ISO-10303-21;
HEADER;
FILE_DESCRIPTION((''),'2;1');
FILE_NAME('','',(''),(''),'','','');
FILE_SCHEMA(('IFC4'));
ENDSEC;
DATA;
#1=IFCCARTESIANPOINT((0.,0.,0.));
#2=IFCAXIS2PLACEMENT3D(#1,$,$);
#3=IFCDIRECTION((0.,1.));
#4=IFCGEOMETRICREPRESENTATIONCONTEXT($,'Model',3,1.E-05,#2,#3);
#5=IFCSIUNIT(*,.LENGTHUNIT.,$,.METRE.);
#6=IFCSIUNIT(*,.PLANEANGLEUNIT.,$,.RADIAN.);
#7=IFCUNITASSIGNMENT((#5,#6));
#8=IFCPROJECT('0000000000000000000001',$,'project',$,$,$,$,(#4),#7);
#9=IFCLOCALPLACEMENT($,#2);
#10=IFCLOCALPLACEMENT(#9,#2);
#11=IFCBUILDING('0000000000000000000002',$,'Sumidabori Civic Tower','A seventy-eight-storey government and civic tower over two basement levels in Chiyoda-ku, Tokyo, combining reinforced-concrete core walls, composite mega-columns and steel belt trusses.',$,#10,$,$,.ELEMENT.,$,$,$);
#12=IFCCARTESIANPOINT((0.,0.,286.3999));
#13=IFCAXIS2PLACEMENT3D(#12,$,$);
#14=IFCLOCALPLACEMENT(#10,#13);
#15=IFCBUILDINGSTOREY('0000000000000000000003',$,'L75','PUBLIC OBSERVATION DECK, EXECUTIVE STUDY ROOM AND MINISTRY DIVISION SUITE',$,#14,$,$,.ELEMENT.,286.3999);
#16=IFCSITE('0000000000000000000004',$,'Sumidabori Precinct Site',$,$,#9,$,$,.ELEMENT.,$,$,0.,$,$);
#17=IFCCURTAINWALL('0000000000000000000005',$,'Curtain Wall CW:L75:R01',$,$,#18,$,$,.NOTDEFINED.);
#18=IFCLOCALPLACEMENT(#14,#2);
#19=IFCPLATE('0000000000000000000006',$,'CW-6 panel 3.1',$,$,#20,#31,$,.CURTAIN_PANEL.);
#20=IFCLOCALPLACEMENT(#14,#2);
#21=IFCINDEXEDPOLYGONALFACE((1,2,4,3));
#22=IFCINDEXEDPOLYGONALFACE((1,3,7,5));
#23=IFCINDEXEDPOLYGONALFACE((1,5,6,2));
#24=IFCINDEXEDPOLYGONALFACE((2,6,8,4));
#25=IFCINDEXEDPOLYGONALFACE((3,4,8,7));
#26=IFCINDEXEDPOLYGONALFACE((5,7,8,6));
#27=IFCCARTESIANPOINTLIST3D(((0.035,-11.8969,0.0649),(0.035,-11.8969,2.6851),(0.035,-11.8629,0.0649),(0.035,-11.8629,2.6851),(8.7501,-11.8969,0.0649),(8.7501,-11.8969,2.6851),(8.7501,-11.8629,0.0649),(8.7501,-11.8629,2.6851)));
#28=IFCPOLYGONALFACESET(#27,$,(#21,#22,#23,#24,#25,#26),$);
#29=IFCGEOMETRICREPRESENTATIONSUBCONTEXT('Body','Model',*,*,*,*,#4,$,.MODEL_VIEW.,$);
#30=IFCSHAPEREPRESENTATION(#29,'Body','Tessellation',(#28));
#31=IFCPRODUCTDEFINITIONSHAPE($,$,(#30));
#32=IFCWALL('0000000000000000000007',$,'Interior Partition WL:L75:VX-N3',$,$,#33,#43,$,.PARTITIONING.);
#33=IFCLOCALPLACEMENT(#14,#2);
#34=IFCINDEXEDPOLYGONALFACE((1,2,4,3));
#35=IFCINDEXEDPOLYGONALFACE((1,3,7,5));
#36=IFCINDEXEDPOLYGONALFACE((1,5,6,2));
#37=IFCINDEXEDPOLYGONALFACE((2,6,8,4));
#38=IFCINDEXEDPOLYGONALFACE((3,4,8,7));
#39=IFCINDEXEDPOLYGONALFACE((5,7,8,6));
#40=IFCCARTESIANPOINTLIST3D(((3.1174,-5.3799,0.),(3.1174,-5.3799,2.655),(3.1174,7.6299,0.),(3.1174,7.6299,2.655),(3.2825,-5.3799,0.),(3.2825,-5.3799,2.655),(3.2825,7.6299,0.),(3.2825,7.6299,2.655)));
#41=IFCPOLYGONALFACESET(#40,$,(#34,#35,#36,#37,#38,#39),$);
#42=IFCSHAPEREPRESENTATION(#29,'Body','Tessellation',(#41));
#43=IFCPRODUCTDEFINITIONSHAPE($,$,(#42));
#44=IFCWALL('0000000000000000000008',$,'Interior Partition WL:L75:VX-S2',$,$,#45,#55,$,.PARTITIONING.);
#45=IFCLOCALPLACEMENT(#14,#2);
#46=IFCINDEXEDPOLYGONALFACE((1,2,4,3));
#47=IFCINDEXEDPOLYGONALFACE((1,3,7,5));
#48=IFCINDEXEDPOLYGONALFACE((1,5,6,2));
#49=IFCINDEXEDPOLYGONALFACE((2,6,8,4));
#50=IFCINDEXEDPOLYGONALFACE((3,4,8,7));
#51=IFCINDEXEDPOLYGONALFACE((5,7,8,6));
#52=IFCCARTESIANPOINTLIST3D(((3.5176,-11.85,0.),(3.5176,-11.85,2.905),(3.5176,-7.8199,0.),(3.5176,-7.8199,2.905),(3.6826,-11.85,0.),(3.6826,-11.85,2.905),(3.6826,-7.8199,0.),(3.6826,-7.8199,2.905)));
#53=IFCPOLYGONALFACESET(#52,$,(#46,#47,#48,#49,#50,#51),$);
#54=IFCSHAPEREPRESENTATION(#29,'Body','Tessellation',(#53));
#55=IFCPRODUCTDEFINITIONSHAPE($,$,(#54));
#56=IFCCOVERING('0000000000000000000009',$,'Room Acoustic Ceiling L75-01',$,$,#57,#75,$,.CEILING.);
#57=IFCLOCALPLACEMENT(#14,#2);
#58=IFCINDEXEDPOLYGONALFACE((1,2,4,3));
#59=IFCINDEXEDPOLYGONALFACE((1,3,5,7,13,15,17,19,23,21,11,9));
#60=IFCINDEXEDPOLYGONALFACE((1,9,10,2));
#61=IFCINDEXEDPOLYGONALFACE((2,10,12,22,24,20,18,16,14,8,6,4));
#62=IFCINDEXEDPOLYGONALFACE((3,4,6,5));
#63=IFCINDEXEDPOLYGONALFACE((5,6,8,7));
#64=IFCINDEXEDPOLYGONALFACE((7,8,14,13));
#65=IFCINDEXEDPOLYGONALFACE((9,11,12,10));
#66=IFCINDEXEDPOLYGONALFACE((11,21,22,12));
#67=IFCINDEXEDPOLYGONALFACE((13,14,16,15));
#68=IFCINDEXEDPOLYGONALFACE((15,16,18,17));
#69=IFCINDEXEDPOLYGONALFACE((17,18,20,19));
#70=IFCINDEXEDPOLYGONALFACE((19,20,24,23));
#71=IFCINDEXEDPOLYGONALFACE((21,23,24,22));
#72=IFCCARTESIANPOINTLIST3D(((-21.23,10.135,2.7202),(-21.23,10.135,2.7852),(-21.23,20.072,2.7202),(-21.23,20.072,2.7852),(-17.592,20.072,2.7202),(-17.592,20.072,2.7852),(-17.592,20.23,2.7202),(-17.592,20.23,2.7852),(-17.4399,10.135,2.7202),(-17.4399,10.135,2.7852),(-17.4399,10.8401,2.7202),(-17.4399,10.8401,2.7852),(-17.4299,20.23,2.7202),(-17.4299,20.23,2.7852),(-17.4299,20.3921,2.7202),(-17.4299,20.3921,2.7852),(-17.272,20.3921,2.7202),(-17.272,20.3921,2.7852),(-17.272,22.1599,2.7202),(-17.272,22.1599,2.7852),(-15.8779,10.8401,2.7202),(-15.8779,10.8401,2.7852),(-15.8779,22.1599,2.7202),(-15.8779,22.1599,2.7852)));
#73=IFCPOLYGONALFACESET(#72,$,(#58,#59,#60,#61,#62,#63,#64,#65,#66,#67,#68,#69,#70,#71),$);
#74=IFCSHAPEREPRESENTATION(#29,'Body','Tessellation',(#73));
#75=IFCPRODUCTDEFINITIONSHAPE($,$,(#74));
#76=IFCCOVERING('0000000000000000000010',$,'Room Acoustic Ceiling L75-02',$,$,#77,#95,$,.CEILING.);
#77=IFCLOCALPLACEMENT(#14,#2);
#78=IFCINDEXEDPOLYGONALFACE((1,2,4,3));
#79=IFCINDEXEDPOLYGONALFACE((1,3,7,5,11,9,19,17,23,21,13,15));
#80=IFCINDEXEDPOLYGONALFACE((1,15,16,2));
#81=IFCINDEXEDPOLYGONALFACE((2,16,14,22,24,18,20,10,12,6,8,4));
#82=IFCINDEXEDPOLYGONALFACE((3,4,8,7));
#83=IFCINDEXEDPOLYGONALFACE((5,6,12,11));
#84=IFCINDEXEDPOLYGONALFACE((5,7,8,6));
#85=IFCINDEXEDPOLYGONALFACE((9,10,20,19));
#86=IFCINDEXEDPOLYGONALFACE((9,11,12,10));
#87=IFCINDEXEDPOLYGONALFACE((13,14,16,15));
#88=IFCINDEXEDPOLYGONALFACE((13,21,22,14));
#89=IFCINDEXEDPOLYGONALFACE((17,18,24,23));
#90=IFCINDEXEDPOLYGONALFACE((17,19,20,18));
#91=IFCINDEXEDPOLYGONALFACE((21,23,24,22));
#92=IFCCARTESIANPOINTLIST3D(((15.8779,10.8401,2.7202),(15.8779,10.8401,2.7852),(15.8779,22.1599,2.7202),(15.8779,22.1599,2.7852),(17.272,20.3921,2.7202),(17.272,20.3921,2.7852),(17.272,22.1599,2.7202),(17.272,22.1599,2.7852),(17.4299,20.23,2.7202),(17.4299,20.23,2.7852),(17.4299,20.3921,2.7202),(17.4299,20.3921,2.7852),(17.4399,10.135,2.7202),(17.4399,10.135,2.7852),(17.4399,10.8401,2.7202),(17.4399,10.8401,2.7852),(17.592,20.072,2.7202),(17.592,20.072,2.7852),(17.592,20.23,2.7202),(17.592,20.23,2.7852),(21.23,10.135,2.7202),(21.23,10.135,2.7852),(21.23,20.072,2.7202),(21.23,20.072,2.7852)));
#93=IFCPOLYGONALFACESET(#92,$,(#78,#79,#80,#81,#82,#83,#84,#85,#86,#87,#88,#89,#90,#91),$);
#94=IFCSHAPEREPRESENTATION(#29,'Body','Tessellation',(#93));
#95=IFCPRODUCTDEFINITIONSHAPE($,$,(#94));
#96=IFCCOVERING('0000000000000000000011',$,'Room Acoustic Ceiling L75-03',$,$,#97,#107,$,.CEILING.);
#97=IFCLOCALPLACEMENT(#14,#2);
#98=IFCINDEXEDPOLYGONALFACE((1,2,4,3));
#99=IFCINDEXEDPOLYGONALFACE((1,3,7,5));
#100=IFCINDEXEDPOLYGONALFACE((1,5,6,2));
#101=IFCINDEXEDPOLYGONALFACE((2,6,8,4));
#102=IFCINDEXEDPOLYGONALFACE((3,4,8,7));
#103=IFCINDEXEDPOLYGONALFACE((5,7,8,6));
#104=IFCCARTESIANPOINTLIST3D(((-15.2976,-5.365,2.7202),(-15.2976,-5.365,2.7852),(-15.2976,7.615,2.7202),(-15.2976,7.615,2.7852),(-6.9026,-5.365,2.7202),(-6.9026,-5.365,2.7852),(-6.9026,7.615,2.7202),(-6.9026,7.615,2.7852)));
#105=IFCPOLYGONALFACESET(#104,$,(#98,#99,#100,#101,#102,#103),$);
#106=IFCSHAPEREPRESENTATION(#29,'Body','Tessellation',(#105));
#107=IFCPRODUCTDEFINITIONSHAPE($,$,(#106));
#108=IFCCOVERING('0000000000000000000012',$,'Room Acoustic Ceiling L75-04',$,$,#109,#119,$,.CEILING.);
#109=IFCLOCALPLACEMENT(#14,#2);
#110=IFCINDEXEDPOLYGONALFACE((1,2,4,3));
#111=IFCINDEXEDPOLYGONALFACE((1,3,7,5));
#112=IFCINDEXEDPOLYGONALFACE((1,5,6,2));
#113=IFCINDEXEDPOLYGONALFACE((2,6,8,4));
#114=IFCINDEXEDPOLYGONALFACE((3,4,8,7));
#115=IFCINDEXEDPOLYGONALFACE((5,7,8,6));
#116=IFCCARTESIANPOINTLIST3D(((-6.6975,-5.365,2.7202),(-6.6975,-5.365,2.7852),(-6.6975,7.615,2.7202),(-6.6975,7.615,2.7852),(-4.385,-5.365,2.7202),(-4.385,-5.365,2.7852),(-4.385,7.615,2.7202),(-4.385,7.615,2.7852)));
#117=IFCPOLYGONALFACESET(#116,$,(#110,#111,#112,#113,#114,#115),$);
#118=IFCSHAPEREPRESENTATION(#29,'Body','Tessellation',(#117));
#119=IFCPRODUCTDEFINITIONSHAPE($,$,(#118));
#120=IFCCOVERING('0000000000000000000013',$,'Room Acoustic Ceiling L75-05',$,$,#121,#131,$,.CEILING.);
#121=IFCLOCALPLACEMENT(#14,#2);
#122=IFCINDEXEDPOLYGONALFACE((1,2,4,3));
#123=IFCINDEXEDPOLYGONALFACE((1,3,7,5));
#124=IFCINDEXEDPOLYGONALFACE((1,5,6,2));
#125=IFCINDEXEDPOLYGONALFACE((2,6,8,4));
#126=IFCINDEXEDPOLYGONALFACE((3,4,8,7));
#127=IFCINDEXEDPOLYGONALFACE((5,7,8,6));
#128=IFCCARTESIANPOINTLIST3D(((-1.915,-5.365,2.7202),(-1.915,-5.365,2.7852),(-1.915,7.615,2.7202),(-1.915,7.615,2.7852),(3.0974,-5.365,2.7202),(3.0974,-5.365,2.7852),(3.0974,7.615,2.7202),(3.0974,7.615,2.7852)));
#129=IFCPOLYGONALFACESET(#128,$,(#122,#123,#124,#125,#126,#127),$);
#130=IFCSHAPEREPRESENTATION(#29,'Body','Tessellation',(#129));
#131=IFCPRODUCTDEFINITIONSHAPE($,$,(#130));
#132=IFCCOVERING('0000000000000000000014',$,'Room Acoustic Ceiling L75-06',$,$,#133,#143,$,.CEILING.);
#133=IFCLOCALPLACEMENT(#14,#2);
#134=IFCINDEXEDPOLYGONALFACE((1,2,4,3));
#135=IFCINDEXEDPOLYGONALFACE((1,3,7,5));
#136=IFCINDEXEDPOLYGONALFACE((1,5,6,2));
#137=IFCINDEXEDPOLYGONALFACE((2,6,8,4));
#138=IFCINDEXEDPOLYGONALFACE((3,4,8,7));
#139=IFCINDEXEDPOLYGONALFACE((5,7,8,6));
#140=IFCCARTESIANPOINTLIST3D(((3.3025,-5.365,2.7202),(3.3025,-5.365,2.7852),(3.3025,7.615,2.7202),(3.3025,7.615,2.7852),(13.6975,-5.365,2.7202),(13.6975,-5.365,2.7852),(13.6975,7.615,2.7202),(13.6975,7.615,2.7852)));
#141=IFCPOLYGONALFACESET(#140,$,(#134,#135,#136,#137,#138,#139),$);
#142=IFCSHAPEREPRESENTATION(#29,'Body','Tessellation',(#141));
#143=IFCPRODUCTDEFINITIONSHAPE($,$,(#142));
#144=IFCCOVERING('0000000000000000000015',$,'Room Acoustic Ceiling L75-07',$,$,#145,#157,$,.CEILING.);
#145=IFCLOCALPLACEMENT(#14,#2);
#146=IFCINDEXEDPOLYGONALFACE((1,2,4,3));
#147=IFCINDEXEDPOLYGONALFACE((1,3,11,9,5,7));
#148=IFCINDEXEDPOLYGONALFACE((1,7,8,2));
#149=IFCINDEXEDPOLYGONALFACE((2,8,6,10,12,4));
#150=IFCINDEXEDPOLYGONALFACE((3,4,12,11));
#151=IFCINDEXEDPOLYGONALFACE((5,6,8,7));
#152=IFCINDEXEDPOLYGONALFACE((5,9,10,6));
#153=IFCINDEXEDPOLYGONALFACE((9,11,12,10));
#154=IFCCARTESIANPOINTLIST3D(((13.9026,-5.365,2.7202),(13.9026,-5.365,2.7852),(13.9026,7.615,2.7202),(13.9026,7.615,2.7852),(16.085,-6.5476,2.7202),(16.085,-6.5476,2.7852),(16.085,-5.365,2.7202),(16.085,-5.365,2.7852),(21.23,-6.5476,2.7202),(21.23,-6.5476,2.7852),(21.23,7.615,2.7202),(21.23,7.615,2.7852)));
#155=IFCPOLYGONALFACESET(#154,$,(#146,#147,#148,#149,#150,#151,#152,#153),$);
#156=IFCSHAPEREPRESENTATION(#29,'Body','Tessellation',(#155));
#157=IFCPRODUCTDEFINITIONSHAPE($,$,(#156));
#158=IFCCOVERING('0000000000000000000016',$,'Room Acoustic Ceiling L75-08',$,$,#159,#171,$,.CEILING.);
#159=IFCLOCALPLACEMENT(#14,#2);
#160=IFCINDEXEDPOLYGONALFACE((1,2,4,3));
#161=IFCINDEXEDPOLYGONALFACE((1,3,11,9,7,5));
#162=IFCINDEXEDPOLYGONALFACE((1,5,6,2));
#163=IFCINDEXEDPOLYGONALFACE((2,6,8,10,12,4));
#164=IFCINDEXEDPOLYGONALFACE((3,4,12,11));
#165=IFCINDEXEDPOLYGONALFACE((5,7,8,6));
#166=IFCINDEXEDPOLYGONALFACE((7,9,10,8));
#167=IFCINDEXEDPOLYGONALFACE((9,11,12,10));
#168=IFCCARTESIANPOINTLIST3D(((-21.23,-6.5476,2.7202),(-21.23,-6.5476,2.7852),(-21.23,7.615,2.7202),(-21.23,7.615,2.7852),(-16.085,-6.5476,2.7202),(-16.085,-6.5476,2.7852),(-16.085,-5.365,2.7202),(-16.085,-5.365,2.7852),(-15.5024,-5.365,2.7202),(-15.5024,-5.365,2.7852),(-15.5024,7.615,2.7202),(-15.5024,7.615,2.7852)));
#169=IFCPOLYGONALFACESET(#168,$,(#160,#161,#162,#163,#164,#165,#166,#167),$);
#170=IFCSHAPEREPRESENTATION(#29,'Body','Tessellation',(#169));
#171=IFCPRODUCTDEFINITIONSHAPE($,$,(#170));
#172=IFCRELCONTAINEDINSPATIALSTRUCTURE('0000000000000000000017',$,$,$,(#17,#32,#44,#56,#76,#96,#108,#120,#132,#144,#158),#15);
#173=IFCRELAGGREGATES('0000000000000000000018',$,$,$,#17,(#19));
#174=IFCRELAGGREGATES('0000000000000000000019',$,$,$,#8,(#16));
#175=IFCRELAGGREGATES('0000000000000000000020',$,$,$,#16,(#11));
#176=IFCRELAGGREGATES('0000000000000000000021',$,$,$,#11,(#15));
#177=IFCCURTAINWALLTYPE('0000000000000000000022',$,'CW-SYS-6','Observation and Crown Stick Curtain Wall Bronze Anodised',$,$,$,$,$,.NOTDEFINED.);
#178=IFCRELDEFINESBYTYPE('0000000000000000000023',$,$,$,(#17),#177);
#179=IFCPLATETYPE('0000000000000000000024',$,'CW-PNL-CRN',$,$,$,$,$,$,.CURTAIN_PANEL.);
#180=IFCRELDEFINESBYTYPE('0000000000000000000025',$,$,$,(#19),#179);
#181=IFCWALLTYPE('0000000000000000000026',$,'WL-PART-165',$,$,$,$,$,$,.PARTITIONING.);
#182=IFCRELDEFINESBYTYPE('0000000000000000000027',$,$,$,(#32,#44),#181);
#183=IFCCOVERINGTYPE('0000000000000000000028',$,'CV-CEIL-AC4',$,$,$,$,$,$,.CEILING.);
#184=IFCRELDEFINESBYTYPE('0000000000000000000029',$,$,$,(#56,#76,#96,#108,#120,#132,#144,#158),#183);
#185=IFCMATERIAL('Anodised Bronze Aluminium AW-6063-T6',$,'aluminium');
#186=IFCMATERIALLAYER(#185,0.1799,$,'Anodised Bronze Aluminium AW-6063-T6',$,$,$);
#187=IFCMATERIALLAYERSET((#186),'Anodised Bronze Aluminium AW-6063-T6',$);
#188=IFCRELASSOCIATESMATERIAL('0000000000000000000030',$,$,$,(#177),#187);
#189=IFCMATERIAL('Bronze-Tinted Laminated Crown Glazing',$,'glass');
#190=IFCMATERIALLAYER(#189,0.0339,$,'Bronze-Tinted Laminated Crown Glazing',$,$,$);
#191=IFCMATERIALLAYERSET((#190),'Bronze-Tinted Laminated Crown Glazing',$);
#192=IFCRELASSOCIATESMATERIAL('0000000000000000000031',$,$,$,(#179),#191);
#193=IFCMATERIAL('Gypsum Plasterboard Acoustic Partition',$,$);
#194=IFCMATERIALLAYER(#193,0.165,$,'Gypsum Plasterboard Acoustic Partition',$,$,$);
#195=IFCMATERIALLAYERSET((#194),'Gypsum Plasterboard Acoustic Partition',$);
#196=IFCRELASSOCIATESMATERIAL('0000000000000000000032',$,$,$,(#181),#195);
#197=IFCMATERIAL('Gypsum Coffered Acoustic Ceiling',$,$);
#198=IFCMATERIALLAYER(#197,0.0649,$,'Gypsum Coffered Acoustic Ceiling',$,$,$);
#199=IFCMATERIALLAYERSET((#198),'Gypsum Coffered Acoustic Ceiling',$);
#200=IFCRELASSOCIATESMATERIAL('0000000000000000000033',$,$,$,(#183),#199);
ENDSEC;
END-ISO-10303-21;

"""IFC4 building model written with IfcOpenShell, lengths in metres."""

from ifc_helpers import new_model, si_unit, direction, frame, frame_2d, origin, origin_2d, place, context, subcontext, project, spatial, polyline, rectangle, outline, extrude, source, transform, mapped, material, layer, layer_set, type_object, element, aggregate, save


model = new_model("IFC4")

# Units and contexts
model_context = context("Model", 3, precision=1e-05, world=origin(), true_north=direction((0.0, 1.0)))
body_context = subcontext(model_context, "Body", "Model", "MODEL_VIEW")
ifc_project = project(units=[si_unit("LENGTHUNIT", "METRE"), si_unit("PLANEANGLEUNIT", "RADIAN")], contexts=[model_context])

# Site, building, storey
site_placement = place(None, origin())
site = spatial("IfcSite", under=ifc_project, at=site_placement, Name="Sumidabori Precinct Site", CompositionType="ELEMENT", RefElevation=0.0)
building_placement = place(site_placement, origin())
building = spatial("IfcBuilding", under=site, at=building_placement, Name="Sumidabori Civic Tower", Description="A seventy-eight-storey government and civic tower over two basement levels in Chiyoda-ku, Tokyo, combining reinforced-concrete core walls, composite mega-columns and steel belt trusses.", CompositionType="ELEMENT")
storey_placement = place(building_placement, frame((0.0, 0.0, 286.3999)))
storey = spatial("IfcBuildingStorey", under=building, at=storey_placement, Name="L75", Description="PUBLIC OBSERVATION DECK, EXECUTIVE STUDY ROOM AND MINISTRY DIVISION SUITE", CompositionType="ELEMENT", Elevation=286.3999)

# Curtain wall
ifc_material_1 = material(Name="Anodised Bronze Aluminium AW-6063-T6", Category="aluminium")
ifc_layer_1 = layer(ifc_material_1, 0.1799, Name="Anodised Bronze Aluminium AW-6063-T6")
ifc_layer_set_1 = layer_set([ifc_layer_1], Name="Anodised Bronze Aluminium AW-6063-T6")
curtain_wall_type = type_object("IfcCurtainWallType", Name="CW-SYS-6", Description="Observation and Crown Stick Curtain Wall Bronze Anodised", PredefinedType="NOTDEFINED", material=ifc_layer_set_1)
curtain_wall_placement = place(storey_placement, origin())
curtain_wall = element("IfcCurtainWall", 1, at=curtain_wall_placement, inside=storey, type_object=curtain_wall_type, Name="Curtain Wall CW:L75:R01", PredefinedType="NOTDEFINED")

# Plate
ifc_material_2 = material(Name="Bronze-Tinted Laminated Crown Glazing", Category="glass")
ifc_layer_2 = layer(ifc_material_2, 0.0339, Name="Bronze-Tinted Laminated Crown Glazing")
ifc_layer_set_2 = layer_set([ifc_layer_2], Name="Bronze-Tinted Laminated Crown Glazing")
plate_type = type_object("IfcPlateType", Name="CW-PNL-CRN", PredefinedType="CURTAIN_PANEL", material=ifc_layer_set_2)
shared_shape_1 = source(origin(), body_context, "Body", "SweptSolid", [
    extrude(rectangle(XDim=8.7151, YDim=0.0339, at=origin_2d()), origin(), (0.0, 0.0, 1.0), 2.6201),
])
plate_placement = place(storey_placement, frame((4.3926, -11.8799, 0.0649), z_axis=(0.0, 0.0, 1.0), x_axis=(1.0, 0.0, 0.0)))
plate = element("IfcPlate", 2, at=plate_placement, type_object=plate_type, Name="CW-6 panel 3.1", PredefinedType="CURTAIN_PANEL", context=body_context, shape_type="MappedRepresentation", body=[
    mapped(shared_shape_1, transform((0.0, 0.0, 0.0), x_axis=(1.0, 0.0, 0.0), y_axis=(0.0, 1.0, 0.0), z_axis=(0.0, 0.0, 1.0), scale=1.0)),
])
aggregate(curtain_wall, [plate])

# Walls
ifc_material_3 = material(Name="Gypsum Plasterboard Acoustic Partition")
ifc_layer_3 = layer(ifc_material_3, 0.165, Name="Gypsum Plasterboard Acoustic Partition")
ifc_layer_set_3 = layer_set([ifc_layer_3], Name="Gypsum Plasterboard Acoustic Partition")
wall_type = type_object("IfcWallType", Name="WL-PART-165", PredefinedType="PARTITIONING", material=ifc_layer_set_3)
shared_shape_2 = source(origin(), body_context, "Body", "SweptSolid", [
    extrude(rectangle(XDim=13.0098, YDim=0.165, at=frame_2d((6.5049, 0.0))), origin(), (0.0, 0.0, 1.0), 2.655),
])
wall_1_placement = place(storey_placement, frame((3.2, -5.3799, 0.0), z_axis=(0.0, 0.0, 1.0), x_axis=(0.0, 1.0, 0.0)))
element("IfcWall", 3, at=wall_1_placement, inside=storey, type_object=wall_type, Name="Interior Partition WL:L75:VX-N3", PredefinedType="PARTITIONING", context=body_context, shape_type="MappedRepresentation", body=[
    mapped(shared_shape_2, transform((0.0, 0.0, 0.0), x_axis=(1.0, 0.0, 0.0), y_axis=(0.0, 1.0, 0.0), z_axis=(0.0, 0.0, 1.0), scale=1.0)),
])
shared_shape_3 = source(origin(), body_context, "Body", "SweptSolid", [
    extrude(rectangle(XDim=4.03, YDim=0.165, at=frame_2d((2.0151, 0.0))), origin(), (0.0, 0.0, 1.0), 2.905),
])
wall_2_placement = place(storey_placement, frame((3.6001, -11.8501, 0.0), z_axis=(0.0, 0.0, 1.0), x_axis=(0.0, 1.0, 0.0)))
element("IfcWall", 4, at=wall_2_placement, inside=storey, type_object=wall_type, Name="Interior Partition WL:L75:VX-S2", PredefinedType="PARTITIONING", context=body_context, shape_type="MappedRepresentation", body=[
    mapped(shared_shape_3, transform((0.0, 0.0, 0.0), x_axis=(1.0, 0.0, 0.0), y_axis=(0.0, 1.0, 0.0), z_axis=(0.0, 0.0, 1.0), scale=1.0)),
])

# Coverings
ifc_material_4 = material(Name="Gypsum Coffered Acoustic Ceiling")
ifc_layer_4 = layer(ifc_material_4, 0.0649, Name="Gypsum Coffered Acoustic Ceiling")
ifc_layer_set_4 = layer_set([ifc_layer_4], Name="Gypsum Coffered Acoustic Ceiling")
covering_type_1 = type_object("IfcCoveringType", Name="CV-CEIL-AC4", PredefinedType="CEILING", material=ifc_layer_set_4)
covering_1_placement = place(storey_placement, frame((0.0, 0.0, 2.7202)))
element("IfcCovering", 5, at=covering_1_placement, inside=storey, type_object=covering_type_1, Name="Room Acoustic Ceiling L75-01", PredefinedType="CEILING", context=body_context, shape_type="SweptSolid", body=[
    extrude(outline(polyline([(-17.592, 20.23), (-17.4299, 20.23), (-17.4299, 20.3921), (-17.272, 20.3921), (-17.272, 22.1599), (-15.8779, 22.1599), (-15.8779, 10.8401), (-17.4399, 10.8401), (-17.4399, 10.135), (-21.23, 10.135), (-21.23, 20.072), (-17.592, 20.072), (-17.592, 20.23)])), origin(), (0.0, 0.0, 1.0), 0.0649),
])
covering_2_placement = place(storey_placement, frame((0.0, 0.0, 2.7202)))
element("IfcCovering", 6, at=covering_2_placement, inside=storey, type_object=covering_type_1, Name="Room Acoustic Ceiling L75-02", PredefinedType="CEILING", context=body_context, shape_type="SweptSolid", body=[
    extrude(outline(polyline([(15.8779, 22.1599), (17.272, 22.1599), (17.272, 20.3921), (17.4299, 20.3921), (17.4299, 20.23), (17.592, 20.23), (17.592, 20.072), (21.23, 20.072), (21.23, 10.135), (17.4399, 10.135), (17.4399, 10.8401), (15.8779, 10.8401), (15.8779, 22.1599)])), origin(), (0.0, 0.0, 1.0), 0.0649),
])
covering_3_placement = place(storey_placement, frame((0.0, 0.0, 2.7202)))
element("IfcCovering", 7, at=covering_3_placement, inside=storey, type_object=covering_type_1, Name="Room Acoustic Ceiling L75-03", PredefinedType="CEILING", context=body_context, shape_type="SweptSolid", body=[
    extrude(outline(polyline([(-15.2976, 7.615), (-6.9026, 7.615), (-6.9026, -5.365), (-15.2976, -5.365), (-15.2976, 7.615)])), origin(), (0.0, 0.0, 1.0), 0.0649),
])
covering_4_placement = place(storey_placement, frame((0.0, 0.0, 2.7202)))
element("IfcCovering", 8, at=covering_4_placement, inside=storey, type_object=covering_type_1, Name="Room Acoustic Ceiling L75-04", PredefinedType="CEILING", context=body_context, shape_type="SweptSolid", body=[
    extrude(outline(polyline([(-6.6975, 7.615), (-4.385, 7.615), (-4.385, -5.365), (-6.6975, -5.365), (-6.6975, 7.615)])), origin(), (0.0, 0.0, 1.0), 0.0649),
])
covering_5_placement = place(storey_placement, frame((0.0, 0.0, 2.7202)))
element("IfcCovering", 9, at=covering_5_placement, inside=storey, type_object=covering_type_1, Name="Room Acoustic Ceiling L75-05", PredefinedType="CEILING", context=body_context, shape_type="SweptSolid", body=[
    extrude(outline(polyline([(-1.915, -5.365), (-1.915, 7.615), (3.0974, 7.615), (3.0974, -5.365), (-1.915, -5.365)])), origin(), (0.0, 0.0, 1.0), 0.0649),
])
covering_6_placement = place(storey_placement, frame((0.0, 0.0, 2.7202)))
element("IfcCovering", 10, at=covering_6_placement, inside=storey, type_object=covering_type_1, Name="Room Acoustic Ceiling L75-06", PredefinedType="CEILING", context=body_context, shape_type="SweptSolid", body=[
    extrude(outline(polyline([(3.3025, -5.365), (3.3025, 7.615), (13.6975, 7.615), (13.6975, -5.365), (3.3025, -5.365)])), origin(), (0.0, 0.0, 1.0), 0.0649),
])
covering_7_placement = place(storey_placement, frame((0.0, 0.0, 2.7202)))
element("IfcCovering", 11, at=covering_7_placement, inside=storey, type_object=covering_type_1, Name="Room Acoustic Ceiling L75-07", PredefinedType="CEILING", context=body_context, shape_type="SweptSolid", body=[
    extrude(outline(polyline([(16.085, -5.365), (13.9026, -5.365), (13.9026, 7.615), (21.23, 7.615), (21.23, -6.5476), (16.085, -6.5476), (16.085, -5.365)])), origin(), (0.0, 0.0, 1.0), 0.0649),
])
covering_8_placement = place(storey_placement, frame((0.0, 0.0, 2.7202)))
element("IfcCovering", 12, at=covering_8_placement, inside=storey, type_object=covering_type_1, Name="Room Acoustic Ceiling L75-08", PredefinedType="CEILING", context=body_context, shape_type="SweptSolid", body=[
    extrude(outline(polyline([(-21.23, -6.5476), (-21.23, 7.615), (-15.5024, 7.615), (-15.5024, -5.365), (-16.085, -5.365), (-16.085, -6.5476), (-21.23, -6.5476)])), origin(), (0.0, 0.0, 1.0), 0.0649),
])

save(model, "model.ifc")
